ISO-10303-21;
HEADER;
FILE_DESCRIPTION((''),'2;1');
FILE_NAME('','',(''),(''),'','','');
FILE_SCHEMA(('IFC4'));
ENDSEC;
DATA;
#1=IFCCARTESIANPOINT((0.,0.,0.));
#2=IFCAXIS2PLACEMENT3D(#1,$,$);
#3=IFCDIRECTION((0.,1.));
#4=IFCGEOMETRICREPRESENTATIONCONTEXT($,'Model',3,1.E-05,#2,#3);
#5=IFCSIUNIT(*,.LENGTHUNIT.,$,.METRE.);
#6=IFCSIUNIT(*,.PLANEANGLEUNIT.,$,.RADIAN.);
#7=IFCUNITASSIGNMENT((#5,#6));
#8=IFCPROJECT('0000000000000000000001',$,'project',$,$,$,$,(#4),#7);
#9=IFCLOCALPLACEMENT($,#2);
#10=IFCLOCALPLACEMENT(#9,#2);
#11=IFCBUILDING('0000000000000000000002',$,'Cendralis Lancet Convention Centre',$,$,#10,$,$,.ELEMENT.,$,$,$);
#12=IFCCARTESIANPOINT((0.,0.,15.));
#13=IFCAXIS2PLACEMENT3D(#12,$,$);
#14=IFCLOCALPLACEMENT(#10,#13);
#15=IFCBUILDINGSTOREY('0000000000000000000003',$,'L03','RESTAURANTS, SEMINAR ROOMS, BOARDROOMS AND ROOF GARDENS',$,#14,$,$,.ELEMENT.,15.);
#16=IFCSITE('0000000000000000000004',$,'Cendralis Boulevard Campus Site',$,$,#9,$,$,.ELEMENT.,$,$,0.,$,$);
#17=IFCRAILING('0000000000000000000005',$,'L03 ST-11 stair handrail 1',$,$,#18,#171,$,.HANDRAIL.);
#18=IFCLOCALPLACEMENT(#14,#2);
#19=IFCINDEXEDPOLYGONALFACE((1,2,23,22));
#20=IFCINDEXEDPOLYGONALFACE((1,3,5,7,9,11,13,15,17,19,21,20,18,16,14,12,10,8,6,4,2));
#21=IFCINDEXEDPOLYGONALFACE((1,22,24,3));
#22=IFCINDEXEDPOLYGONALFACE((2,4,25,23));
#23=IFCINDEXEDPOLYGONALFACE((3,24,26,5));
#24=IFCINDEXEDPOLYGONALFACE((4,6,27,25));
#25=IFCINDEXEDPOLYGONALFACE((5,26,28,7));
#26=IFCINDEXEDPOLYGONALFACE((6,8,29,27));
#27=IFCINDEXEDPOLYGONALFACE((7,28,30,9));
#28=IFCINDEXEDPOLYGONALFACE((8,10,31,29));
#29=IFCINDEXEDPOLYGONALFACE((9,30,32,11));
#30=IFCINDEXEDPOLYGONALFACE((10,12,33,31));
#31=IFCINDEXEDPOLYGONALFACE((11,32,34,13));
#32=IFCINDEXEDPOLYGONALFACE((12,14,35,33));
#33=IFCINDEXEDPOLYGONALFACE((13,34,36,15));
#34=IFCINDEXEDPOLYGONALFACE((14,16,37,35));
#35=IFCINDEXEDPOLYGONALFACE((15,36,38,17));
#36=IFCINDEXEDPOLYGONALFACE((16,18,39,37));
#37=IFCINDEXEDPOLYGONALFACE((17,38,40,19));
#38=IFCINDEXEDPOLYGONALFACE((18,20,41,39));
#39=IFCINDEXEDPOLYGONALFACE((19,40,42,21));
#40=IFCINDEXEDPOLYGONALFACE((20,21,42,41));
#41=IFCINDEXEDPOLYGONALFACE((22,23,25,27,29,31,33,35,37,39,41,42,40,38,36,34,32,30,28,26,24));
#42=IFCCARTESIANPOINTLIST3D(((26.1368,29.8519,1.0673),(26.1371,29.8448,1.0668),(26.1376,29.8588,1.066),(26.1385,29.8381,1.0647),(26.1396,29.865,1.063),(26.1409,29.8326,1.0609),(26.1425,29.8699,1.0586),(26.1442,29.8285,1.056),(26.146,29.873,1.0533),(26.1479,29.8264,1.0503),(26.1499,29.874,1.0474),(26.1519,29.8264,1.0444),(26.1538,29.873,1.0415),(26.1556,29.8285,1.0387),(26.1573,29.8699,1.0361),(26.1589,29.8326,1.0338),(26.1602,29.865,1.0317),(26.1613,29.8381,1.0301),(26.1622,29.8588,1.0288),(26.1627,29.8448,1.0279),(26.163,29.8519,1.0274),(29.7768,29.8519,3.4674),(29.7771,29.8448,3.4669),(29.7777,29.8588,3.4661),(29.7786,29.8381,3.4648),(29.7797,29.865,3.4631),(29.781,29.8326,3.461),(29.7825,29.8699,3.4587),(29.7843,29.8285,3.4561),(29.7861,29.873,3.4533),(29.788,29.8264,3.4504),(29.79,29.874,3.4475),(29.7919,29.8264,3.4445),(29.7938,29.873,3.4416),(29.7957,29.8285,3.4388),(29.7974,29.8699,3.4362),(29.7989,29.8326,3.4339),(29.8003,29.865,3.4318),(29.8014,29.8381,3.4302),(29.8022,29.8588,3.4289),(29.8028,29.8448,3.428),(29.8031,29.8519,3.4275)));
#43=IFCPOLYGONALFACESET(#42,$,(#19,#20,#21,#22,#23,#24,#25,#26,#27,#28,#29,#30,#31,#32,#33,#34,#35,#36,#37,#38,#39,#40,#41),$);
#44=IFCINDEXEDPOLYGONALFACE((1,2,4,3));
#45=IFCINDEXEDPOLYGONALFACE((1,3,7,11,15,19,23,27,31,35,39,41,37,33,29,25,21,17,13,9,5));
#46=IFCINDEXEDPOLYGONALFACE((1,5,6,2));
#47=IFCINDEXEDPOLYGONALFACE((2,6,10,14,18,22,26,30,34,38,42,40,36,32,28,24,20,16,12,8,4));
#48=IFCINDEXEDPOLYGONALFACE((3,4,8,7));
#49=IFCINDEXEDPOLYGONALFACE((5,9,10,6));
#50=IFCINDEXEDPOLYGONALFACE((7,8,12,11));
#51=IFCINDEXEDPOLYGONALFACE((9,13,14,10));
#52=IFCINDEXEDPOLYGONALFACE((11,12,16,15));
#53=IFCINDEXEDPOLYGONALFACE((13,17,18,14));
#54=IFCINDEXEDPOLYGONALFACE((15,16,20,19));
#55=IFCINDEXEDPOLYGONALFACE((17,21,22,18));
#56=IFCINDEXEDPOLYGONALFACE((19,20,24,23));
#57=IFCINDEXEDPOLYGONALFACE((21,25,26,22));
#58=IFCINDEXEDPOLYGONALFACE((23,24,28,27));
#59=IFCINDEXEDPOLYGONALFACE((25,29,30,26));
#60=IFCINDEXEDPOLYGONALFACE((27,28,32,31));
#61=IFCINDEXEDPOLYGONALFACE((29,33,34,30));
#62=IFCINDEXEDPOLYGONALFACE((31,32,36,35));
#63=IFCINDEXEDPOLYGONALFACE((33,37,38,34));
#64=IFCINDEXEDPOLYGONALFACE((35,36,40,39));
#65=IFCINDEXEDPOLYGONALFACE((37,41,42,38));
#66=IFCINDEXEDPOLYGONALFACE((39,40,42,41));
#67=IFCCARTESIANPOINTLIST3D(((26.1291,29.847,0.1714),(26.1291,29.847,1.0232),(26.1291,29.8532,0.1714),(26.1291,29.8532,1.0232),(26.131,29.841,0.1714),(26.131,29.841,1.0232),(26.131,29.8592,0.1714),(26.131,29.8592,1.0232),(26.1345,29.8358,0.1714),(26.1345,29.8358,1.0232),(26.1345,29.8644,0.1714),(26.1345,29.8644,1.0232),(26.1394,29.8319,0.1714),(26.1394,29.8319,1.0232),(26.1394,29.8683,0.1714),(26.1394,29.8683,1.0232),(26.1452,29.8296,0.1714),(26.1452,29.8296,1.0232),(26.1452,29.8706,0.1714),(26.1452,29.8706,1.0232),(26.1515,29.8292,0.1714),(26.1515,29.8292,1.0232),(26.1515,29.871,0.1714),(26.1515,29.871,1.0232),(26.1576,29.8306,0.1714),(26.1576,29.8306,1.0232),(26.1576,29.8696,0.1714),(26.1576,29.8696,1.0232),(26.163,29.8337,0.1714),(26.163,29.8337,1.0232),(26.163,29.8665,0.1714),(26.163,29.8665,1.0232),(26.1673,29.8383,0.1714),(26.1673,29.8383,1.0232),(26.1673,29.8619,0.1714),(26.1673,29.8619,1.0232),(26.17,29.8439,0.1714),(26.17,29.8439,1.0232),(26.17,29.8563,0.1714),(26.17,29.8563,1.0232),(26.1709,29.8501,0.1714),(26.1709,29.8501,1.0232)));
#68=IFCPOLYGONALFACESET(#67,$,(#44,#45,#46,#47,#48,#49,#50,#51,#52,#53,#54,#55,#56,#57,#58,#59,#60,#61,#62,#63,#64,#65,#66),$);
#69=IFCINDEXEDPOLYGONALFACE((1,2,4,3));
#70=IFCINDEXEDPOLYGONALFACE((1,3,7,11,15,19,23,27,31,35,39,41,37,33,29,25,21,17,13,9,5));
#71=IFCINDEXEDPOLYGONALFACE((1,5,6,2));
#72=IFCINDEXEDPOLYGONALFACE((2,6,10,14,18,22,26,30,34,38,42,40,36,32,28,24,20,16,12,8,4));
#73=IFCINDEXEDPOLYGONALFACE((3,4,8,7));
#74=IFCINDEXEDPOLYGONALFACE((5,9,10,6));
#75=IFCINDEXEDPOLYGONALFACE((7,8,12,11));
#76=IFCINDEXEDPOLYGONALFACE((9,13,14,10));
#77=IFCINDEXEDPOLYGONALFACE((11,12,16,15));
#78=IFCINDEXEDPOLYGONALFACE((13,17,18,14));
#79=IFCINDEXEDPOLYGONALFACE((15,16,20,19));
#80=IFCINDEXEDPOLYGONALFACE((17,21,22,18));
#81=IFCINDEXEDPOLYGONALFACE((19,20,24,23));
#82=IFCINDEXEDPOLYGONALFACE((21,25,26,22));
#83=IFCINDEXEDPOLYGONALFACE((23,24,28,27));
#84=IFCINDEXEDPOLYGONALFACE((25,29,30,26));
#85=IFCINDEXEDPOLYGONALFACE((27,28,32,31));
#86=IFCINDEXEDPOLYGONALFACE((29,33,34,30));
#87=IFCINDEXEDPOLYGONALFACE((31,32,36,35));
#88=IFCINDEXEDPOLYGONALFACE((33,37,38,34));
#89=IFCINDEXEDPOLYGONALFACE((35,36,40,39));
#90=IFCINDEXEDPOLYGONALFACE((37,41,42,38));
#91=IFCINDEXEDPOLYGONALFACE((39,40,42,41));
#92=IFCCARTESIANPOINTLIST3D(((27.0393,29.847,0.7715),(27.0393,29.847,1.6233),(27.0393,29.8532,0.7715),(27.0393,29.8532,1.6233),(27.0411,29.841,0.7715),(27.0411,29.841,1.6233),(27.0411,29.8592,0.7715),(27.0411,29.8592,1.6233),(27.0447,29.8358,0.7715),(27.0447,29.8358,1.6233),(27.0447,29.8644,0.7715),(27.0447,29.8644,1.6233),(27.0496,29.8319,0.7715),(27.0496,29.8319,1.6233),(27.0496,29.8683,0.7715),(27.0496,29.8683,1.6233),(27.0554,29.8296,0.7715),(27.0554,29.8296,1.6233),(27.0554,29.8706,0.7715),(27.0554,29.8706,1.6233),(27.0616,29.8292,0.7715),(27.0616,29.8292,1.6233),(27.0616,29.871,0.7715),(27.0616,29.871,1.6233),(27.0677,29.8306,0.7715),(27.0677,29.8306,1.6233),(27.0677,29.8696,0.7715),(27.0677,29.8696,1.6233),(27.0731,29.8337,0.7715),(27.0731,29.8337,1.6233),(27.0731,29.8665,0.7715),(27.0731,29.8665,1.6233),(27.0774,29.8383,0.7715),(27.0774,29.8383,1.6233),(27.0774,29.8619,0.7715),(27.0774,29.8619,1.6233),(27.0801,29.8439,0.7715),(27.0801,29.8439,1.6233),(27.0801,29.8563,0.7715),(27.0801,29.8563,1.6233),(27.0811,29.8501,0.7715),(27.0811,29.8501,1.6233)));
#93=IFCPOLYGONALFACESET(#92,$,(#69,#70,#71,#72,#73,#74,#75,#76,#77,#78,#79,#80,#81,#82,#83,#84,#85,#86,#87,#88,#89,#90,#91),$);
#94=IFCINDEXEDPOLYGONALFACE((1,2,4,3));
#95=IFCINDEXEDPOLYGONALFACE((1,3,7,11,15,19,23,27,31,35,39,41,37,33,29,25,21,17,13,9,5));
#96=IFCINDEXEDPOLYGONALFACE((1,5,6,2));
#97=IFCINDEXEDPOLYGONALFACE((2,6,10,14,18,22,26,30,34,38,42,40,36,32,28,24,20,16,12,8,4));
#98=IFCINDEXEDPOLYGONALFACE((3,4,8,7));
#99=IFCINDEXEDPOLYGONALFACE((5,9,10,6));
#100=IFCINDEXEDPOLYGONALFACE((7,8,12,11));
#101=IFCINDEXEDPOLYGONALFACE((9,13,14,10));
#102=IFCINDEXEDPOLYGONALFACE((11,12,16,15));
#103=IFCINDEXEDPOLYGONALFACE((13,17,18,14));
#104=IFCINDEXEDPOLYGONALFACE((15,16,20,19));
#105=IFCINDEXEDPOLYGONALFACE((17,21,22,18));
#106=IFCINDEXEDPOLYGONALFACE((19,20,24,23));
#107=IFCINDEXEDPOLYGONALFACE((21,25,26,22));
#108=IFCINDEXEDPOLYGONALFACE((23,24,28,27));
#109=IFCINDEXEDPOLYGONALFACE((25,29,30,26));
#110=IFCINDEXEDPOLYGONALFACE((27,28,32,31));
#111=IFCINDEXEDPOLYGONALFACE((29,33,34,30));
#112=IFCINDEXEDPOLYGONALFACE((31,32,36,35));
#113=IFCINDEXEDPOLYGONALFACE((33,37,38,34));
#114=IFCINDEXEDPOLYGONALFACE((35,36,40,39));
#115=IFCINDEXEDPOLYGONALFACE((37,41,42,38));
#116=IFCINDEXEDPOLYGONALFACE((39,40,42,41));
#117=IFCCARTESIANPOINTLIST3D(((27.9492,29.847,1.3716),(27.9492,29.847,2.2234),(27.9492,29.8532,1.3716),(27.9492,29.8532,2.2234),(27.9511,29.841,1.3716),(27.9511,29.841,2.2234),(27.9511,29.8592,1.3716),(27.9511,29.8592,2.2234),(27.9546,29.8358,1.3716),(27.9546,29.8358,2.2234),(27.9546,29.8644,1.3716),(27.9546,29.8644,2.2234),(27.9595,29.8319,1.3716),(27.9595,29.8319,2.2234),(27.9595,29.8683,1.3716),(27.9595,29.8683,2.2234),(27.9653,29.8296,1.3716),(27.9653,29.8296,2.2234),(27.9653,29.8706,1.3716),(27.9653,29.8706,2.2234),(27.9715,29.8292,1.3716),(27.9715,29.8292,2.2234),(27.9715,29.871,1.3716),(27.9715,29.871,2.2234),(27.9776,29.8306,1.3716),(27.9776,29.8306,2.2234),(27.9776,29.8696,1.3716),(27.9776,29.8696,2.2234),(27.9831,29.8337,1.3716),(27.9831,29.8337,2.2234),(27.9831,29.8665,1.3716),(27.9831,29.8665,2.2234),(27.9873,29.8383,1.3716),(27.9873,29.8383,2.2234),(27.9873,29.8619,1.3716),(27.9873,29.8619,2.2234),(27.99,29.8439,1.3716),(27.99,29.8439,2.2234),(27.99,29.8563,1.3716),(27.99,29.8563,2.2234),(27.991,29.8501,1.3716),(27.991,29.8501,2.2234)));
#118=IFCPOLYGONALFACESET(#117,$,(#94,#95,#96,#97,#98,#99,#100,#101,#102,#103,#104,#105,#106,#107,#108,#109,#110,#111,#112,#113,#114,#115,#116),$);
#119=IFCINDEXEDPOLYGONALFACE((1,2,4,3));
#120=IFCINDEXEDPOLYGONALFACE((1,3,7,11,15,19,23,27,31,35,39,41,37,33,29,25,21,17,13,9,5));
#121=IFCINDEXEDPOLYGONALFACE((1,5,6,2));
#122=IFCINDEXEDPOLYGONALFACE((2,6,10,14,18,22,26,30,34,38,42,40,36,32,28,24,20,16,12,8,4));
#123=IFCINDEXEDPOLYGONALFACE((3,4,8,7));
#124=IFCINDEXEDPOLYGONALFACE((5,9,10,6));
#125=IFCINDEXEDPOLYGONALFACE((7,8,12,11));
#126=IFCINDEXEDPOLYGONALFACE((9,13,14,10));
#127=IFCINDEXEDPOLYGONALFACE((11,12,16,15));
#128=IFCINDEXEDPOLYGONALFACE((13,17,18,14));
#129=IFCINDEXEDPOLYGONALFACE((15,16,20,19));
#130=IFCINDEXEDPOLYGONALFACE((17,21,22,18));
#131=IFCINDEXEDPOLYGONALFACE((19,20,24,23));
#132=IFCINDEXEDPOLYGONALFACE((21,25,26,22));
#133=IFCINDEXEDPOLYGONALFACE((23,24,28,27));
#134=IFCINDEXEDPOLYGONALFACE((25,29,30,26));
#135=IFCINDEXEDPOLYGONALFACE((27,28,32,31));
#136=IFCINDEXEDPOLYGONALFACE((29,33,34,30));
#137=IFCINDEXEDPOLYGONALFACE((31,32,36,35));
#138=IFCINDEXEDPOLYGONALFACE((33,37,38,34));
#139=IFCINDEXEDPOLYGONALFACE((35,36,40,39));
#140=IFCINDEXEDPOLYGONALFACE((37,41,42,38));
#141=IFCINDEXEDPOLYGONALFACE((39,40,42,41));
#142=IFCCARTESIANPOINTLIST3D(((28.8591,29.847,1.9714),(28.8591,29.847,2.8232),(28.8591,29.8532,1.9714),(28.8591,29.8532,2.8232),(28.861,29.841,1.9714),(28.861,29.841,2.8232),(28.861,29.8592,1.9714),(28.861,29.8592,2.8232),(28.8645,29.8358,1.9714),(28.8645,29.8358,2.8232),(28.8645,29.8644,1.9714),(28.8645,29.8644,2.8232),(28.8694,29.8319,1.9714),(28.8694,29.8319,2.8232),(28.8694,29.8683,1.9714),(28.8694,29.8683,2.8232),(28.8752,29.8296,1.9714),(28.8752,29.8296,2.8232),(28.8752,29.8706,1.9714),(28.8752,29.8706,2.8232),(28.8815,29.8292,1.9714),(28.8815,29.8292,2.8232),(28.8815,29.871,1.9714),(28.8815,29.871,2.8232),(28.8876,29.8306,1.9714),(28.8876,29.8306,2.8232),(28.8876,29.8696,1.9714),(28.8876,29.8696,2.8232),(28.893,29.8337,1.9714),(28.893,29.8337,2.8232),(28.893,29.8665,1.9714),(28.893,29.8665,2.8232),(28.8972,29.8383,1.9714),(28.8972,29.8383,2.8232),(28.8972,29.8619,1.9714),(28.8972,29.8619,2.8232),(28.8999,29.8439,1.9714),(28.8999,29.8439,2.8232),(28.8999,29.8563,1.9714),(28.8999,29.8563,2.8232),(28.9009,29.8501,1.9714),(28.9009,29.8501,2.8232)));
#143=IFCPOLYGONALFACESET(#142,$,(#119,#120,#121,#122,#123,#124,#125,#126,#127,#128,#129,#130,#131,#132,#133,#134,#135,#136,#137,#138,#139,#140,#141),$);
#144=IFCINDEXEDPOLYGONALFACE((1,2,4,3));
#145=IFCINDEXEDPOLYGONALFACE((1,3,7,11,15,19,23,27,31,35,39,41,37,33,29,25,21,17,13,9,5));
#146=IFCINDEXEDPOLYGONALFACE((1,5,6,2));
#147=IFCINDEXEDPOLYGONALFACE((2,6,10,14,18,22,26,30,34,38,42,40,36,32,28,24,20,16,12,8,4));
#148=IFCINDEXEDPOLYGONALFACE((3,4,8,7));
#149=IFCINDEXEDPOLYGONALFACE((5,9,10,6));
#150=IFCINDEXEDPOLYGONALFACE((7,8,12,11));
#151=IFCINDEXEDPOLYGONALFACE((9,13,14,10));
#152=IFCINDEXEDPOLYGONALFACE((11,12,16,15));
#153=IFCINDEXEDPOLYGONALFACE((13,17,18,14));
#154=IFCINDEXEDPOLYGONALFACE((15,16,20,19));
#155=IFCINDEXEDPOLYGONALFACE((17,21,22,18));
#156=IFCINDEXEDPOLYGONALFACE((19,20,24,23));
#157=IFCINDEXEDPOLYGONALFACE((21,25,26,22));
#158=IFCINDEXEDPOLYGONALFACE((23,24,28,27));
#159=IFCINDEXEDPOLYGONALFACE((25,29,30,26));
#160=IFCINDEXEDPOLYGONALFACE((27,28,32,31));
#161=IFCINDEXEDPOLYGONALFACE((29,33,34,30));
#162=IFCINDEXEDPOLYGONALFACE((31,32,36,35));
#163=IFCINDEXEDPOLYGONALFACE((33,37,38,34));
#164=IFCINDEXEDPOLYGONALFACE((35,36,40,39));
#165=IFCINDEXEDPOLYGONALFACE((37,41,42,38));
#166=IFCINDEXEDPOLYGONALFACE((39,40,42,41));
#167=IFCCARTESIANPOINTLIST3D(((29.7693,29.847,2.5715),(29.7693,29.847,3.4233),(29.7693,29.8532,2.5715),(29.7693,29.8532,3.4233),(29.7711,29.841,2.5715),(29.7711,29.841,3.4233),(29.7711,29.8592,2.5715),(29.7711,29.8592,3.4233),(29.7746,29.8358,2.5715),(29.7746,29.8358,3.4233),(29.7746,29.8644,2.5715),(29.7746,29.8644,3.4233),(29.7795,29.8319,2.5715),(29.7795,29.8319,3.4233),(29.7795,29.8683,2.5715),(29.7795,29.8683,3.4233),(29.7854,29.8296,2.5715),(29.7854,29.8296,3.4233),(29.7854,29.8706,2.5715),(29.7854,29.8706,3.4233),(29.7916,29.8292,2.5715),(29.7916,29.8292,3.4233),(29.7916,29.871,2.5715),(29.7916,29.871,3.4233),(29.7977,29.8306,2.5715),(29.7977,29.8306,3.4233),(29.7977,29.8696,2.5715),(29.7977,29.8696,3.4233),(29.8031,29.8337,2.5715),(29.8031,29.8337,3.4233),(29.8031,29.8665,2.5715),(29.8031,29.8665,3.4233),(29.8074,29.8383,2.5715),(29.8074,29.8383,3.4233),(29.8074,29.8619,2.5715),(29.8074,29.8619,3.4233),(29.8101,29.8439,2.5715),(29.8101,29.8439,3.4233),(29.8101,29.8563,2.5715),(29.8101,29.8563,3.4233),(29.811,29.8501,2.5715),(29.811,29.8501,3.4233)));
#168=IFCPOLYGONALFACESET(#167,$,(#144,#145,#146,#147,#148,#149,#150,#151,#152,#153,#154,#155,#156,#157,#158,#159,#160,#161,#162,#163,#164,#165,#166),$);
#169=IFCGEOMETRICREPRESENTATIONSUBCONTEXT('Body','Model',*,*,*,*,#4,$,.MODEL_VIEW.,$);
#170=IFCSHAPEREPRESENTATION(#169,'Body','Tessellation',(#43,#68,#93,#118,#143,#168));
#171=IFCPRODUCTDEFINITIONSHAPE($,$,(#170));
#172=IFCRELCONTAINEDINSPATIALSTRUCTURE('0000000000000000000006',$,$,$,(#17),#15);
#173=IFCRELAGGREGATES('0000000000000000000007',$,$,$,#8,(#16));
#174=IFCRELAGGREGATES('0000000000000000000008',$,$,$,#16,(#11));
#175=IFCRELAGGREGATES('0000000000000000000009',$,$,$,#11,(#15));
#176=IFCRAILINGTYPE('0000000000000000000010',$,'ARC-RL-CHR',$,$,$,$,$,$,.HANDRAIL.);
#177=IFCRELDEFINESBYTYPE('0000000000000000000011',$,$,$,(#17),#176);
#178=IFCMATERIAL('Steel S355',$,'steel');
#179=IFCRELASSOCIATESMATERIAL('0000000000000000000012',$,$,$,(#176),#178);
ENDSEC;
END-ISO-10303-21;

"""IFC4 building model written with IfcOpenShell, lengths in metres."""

from ifc_helpers import new_model, si_unit, direction, frame, origin, origin_2d, place, context, subcontext, project, spatial, circle, extrude, material, type_object, element, save


model = new_model("IFC4")

# Units and contexts
model_context = context("Model", 3, precision=1e-05, world=origin(), true_north=direction((0.0, 1.0)))
body_context = subcontext(model_context, "Body", "Model", "MODEL_VIEW")
ifc_project = project(units=[si_unit("LENGTHUNIT", "METRE"), si_unit("PLANEANGLEUNIT", "RADIAN")], contexts=[model_context])

# Site, building, storey
site_placement = place(None, origin())
site = spatial("IfcSite", under=ifc_project, at=site_placement, Name="Cendralis Boulevard Campus Site", CompositionType="ELEMENT", RefElevation=0.0)
building_placement = place(site_placement, origin())
building = spatial("IfcBuilding", under=site, at=building_placement, Name="Cendralis Lancet Convention Centre", CompositionType="ELEMENT")
storey_placement = place(building_placement, frame((0.0, 0.0, 15.0)))
storey = spatial("IfcBuildingStorey", under=building, at=storey_placement, Name="L03", Description="RESTAURANTS, SEMINAR ROOMS, BOARDROOMS AND ROOF GARDENS", CompositionType="ELEMENT", Elevation=15.0)

# Railing
ifc_material_1 = material(Name="Steel S355", Category="steel")
railing_type_1 = type_object("IfcRailingType", Name="ARC-RL-CHR", PredefinedType="HANDRAIL", material=ifc_material_1)
railing_1_placement = place(storey_placement, frame((26.1499, 29.8501, 0.1714)))
element("IfcRailing", 1, at=railing_1_placement, inside=storey, type_object=railing_type_1, Name="L03 ST-11 stair handrail 1", PredefinedType="HANDRAIL", context=body_context, shape_type="SweptSolid", body=[
    extrude(circle(Radius=0.0239, at=origin_2d()), frame((0.0, 0.0, 0.876), z_axis=(0.834856, 0.0, 0.550468), x_axis=(0.0, 1.0, 0.0)), (0.0, 0.0, 1.0), 4.3601),
    extrude(circle(Radius=0.021, at=origin_2d()), origin(), (0.0, 0.0, 1.0), 0.8518),
    extrude(circle(Radius=0.021, at=origin_2d()), frame((0.9102, 0.0, 0.6001)), (0.0, 0.0, 1.0), 0.8518),
    extrude(circle(Radius=0.021, at=origin_2d()), frame((1.8201, 0.0, 1.2002)), (0.0, 0.0, 1.0), 0.8518),
    extrude(circle(Radius=0.021, at=origin_2d()), frame((2.73, 0.0, 1.8)), (0.0, 0.0, 1.0), 0.8518),
    extrude(circle(Radius=0.021, at=origin_2d()), frame((3.6401, 0.0, 2.4001)), (0.0, 0.0, 1.0), 0.8518),
])

save(model, "model.ifc")
